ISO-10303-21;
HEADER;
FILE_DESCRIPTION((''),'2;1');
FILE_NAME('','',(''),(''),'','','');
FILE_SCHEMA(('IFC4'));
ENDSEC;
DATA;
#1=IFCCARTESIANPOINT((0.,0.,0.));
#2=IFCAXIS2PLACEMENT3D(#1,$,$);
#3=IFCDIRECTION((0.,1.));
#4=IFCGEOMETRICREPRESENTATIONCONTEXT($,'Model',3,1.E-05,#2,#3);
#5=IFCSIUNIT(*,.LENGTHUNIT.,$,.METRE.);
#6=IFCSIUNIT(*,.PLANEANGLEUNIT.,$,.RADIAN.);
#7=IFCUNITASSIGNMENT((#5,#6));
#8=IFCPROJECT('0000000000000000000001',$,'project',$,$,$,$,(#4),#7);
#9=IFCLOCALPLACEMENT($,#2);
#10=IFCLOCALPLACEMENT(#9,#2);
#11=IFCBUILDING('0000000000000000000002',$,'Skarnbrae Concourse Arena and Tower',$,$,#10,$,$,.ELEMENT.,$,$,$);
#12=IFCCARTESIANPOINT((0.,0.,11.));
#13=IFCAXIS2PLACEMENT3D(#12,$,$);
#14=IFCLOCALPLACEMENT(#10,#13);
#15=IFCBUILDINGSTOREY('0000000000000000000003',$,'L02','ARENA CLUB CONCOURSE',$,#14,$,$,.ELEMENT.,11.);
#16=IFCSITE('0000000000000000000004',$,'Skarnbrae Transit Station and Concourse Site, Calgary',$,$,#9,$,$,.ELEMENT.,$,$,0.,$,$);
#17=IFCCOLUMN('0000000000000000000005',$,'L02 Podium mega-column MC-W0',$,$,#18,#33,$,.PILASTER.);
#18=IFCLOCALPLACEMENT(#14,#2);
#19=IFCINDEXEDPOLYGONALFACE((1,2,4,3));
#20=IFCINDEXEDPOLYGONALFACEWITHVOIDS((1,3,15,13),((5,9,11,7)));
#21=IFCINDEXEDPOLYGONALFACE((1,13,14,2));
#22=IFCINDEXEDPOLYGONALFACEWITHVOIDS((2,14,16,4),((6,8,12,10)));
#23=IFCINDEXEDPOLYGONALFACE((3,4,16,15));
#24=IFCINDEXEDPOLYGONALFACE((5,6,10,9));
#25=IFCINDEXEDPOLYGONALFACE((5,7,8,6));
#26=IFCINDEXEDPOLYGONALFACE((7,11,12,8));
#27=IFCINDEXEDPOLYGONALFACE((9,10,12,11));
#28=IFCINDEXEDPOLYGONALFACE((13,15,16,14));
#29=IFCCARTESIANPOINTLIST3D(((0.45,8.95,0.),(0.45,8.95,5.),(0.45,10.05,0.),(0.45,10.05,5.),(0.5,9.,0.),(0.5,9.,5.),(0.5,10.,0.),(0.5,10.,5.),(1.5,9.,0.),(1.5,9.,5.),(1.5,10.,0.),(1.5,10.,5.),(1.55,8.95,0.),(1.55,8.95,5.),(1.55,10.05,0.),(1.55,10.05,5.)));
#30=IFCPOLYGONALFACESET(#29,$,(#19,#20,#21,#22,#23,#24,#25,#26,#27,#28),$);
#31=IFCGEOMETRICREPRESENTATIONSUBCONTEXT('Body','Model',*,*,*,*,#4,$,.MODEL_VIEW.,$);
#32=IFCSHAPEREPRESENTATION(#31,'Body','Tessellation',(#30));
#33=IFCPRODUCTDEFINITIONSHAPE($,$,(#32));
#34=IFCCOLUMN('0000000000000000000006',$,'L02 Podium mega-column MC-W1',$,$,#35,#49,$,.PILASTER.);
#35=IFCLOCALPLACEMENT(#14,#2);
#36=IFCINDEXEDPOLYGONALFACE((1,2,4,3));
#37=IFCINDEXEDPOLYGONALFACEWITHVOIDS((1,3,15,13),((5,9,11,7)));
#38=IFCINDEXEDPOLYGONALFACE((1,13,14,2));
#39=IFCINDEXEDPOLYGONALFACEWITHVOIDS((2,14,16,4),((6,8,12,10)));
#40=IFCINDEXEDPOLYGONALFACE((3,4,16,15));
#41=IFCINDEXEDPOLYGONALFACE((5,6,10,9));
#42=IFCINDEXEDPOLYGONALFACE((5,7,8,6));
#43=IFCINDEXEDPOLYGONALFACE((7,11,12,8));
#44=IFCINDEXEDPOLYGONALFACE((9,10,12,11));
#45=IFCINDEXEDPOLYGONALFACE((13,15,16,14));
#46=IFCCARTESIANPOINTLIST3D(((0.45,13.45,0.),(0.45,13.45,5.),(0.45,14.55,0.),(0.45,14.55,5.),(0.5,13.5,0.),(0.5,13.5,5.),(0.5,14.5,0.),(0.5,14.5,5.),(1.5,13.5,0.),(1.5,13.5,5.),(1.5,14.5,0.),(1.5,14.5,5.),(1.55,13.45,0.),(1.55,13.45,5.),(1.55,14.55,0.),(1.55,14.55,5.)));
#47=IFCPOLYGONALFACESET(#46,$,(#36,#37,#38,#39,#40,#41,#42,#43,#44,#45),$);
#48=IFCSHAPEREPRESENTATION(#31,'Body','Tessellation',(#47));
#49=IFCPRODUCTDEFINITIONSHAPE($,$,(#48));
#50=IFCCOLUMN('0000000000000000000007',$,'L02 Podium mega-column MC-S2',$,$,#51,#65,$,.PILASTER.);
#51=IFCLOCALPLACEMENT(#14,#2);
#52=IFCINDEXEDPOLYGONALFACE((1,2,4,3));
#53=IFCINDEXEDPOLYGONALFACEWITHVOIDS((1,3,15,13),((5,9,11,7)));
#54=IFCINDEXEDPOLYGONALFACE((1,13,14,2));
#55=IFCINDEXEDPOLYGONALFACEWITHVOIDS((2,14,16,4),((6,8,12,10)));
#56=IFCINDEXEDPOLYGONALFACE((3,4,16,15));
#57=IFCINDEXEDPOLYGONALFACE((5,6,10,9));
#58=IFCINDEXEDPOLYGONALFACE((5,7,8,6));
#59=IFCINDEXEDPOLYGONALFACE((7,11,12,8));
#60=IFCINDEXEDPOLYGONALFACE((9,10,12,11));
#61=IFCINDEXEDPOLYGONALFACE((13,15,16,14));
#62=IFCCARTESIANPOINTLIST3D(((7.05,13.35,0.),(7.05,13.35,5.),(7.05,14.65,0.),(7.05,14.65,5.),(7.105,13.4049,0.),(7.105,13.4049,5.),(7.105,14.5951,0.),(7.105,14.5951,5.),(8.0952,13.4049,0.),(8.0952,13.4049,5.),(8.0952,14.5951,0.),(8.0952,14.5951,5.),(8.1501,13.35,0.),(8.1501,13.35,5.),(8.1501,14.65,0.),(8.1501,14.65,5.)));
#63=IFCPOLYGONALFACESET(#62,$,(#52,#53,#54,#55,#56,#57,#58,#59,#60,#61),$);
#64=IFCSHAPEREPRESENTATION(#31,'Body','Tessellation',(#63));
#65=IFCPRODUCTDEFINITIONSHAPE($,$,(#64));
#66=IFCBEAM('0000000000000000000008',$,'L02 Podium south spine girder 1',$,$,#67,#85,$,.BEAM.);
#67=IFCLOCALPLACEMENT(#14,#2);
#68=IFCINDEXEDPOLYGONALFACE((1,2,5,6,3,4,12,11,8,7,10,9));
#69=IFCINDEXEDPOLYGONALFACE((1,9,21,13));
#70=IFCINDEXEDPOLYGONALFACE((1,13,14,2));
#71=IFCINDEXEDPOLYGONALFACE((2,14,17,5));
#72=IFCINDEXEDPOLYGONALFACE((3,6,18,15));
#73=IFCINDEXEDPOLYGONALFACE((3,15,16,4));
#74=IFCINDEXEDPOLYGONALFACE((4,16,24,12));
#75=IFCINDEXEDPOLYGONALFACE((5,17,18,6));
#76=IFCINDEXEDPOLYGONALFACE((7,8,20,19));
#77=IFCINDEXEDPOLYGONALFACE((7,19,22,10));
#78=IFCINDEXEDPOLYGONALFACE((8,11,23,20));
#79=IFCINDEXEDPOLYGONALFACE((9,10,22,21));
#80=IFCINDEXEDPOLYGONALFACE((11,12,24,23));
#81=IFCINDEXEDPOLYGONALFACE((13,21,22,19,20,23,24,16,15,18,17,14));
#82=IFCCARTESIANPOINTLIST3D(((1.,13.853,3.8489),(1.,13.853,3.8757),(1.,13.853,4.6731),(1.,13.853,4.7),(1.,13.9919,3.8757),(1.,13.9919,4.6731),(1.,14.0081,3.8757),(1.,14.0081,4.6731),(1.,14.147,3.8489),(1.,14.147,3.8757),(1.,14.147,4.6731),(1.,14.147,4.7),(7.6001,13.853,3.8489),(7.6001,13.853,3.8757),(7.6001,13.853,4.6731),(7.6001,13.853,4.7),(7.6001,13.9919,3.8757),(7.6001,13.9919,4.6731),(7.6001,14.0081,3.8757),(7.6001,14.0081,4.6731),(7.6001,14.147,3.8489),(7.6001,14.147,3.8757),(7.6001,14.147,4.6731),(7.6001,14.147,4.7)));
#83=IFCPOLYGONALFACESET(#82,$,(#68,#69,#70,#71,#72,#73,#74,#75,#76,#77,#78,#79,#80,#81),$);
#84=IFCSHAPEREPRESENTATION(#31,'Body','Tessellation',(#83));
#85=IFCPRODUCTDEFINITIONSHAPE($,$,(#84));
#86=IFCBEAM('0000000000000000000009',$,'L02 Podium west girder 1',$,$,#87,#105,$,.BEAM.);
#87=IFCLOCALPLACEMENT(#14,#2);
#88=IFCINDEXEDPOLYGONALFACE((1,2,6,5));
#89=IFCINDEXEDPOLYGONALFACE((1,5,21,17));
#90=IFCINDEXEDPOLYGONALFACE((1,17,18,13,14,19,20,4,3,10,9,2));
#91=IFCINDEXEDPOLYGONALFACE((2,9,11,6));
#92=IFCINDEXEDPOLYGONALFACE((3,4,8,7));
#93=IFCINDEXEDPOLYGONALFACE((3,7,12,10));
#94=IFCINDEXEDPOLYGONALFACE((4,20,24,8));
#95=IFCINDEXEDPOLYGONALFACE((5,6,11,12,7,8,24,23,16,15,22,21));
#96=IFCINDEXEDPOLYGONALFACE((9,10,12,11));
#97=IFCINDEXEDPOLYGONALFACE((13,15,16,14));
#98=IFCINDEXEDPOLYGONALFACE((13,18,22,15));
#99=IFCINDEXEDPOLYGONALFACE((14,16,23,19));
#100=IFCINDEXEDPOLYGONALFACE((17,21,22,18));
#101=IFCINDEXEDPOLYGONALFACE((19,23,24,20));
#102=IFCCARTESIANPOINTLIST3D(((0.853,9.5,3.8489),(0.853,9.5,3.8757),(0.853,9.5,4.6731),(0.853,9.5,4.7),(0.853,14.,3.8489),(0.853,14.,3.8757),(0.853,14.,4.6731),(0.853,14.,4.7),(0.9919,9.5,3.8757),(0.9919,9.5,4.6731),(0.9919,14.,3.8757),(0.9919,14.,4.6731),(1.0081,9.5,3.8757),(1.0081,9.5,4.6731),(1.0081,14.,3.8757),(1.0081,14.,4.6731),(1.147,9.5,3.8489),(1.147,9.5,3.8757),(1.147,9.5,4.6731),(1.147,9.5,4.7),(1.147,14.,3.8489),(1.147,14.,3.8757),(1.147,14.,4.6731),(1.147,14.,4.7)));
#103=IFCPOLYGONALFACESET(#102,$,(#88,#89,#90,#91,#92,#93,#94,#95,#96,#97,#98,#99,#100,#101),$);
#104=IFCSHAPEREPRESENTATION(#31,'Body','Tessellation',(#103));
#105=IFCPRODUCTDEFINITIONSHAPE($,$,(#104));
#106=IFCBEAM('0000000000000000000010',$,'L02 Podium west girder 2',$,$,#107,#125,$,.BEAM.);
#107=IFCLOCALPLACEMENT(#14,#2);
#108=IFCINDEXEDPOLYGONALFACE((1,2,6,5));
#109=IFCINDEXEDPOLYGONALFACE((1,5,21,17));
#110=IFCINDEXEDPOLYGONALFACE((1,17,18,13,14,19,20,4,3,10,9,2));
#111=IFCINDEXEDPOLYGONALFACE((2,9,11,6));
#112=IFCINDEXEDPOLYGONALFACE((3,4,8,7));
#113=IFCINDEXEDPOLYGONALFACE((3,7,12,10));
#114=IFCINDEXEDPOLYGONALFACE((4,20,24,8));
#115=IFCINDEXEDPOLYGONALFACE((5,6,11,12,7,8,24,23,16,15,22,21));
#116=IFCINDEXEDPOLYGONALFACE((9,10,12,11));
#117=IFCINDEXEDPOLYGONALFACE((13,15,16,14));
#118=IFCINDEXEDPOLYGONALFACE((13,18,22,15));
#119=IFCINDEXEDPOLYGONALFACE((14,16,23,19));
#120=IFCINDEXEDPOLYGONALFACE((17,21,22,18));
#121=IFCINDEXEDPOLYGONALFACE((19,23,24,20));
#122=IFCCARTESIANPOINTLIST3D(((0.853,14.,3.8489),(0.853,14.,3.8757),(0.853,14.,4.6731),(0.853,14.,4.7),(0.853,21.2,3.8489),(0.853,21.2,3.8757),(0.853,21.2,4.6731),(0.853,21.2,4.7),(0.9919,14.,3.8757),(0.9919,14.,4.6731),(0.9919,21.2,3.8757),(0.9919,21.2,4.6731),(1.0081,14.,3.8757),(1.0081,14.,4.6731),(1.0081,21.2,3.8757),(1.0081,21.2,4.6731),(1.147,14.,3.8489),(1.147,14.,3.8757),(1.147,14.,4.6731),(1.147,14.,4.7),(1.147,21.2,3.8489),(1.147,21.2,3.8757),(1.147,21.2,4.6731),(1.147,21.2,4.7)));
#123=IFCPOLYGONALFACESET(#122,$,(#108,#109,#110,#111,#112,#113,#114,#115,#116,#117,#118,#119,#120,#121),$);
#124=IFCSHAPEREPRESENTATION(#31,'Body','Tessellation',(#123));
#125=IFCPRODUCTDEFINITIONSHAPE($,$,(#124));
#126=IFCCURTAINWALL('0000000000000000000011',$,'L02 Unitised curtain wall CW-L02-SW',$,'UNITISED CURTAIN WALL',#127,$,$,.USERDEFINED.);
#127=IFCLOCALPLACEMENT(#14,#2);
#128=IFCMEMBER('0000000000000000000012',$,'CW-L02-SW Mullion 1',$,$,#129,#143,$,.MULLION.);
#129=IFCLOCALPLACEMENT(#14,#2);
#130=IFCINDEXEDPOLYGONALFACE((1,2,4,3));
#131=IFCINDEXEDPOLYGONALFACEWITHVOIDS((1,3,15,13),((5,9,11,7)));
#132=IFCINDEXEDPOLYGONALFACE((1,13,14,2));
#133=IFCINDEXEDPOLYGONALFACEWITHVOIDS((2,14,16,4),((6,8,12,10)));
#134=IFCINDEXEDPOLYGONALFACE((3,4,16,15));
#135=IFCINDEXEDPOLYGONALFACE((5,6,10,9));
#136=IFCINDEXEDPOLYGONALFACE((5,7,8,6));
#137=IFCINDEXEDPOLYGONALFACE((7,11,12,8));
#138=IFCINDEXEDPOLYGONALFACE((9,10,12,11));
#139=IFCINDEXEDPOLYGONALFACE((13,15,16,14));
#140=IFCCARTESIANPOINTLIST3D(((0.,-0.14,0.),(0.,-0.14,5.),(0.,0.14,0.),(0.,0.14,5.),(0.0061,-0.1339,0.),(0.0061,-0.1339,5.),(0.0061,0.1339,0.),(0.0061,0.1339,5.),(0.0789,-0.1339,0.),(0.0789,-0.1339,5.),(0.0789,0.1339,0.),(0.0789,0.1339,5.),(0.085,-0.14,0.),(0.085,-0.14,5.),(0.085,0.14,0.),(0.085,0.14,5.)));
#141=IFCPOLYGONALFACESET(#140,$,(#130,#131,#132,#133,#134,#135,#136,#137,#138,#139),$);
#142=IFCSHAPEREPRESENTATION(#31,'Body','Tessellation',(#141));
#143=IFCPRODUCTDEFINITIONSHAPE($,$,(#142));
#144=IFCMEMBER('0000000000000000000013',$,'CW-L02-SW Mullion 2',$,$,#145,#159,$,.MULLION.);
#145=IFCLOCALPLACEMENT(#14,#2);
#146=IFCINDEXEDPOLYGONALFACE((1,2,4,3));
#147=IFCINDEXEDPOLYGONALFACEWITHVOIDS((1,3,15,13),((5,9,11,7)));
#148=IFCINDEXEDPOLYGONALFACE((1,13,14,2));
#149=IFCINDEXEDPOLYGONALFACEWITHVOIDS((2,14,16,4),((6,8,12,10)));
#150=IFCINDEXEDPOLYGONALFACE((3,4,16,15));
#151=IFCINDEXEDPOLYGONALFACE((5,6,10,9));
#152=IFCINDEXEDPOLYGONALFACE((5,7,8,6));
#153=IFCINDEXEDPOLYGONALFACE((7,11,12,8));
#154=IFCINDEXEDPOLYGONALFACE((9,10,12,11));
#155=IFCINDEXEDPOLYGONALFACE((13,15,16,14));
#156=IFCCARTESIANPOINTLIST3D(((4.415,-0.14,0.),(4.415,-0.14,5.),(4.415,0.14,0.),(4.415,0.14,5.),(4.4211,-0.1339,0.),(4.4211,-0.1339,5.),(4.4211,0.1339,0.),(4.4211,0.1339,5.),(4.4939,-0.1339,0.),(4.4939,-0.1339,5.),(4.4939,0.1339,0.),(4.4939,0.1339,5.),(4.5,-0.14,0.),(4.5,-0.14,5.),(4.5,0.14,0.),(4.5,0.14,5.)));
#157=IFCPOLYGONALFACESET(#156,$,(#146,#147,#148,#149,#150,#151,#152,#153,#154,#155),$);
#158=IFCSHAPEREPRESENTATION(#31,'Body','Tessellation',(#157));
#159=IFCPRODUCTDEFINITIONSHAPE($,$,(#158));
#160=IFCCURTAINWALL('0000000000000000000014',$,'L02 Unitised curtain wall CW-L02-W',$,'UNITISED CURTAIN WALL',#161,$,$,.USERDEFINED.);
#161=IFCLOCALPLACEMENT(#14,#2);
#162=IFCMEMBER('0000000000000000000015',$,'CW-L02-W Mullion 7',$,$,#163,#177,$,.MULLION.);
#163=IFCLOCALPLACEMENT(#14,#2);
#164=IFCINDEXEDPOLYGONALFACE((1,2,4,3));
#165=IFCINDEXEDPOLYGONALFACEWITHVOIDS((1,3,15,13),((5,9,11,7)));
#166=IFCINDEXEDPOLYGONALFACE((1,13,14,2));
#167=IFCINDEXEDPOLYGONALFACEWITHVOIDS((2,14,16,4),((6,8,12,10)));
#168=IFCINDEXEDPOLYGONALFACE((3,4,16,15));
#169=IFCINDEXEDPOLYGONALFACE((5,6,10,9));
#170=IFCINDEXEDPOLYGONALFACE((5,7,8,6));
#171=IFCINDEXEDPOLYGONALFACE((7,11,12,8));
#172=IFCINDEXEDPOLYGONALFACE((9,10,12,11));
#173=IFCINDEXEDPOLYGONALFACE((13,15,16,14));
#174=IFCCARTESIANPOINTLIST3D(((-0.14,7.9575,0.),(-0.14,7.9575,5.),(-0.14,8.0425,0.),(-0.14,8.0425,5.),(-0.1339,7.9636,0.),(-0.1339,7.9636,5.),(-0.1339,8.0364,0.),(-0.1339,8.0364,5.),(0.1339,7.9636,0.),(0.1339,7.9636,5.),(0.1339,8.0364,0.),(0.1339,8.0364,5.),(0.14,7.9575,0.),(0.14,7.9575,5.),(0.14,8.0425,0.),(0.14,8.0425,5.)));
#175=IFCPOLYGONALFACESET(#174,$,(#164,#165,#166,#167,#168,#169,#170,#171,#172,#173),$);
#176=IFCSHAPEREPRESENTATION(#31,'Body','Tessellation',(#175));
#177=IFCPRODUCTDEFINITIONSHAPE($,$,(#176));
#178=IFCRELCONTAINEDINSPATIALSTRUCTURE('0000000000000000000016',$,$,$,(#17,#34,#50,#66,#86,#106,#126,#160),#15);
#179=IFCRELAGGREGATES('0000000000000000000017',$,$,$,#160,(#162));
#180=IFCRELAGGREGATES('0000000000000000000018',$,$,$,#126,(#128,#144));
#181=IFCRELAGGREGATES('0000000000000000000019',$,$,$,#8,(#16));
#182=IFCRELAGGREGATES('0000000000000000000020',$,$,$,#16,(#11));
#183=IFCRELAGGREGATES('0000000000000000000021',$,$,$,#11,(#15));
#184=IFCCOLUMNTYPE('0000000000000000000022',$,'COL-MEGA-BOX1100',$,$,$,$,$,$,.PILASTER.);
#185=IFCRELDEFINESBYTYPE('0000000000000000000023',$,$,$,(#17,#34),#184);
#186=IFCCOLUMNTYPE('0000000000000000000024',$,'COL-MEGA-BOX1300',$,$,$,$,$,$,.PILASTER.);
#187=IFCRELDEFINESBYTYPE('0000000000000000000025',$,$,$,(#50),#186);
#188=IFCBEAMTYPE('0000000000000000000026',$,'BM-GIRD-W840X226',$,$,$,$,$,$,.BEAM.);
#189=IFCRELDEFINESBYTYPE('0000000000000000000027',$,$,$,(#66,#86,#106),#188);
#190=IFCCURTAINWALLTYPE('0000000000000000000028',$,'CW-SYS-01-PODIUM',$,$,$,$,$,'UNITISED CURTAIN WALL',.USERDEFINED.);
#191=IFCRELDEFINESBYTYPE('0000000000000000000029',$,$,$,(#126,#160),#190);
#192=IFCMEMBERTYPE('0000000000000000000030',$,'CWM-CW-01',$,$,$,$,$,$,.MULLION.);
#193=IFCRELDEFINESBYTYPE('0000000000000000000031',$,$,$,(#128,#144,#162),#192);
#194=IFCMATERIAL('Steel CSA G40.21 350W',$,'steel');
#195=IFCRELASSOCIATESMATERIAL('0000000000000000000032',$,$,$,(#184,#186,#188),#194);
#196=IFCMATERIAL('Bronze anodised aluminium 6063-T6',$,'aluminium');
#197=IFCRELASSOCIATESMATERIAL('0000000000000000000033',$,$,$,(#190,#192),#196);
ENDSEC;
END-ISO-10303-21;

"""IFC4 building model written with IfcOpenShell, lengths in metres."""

from ifc_helpers import new_model, si_unit, direction, frame, origin, origin_2d, place, context, subcontext, project, spatial, hollow_rectangle, i_section, extrude, source, transform, mapped, material, material_profile, profile_set, type_object, element, aggregate, save


model = new_model("IFC4")

# Units and contexts
model_context = context("Model", 3, precision=1e-05, world=origin(), true_north=direction((0.0, 1.0)))
body_context = subcontext(model_context, "Body", "Model", "MODEL_VIEW")
ifc_project = project(units=[si_unit("LENGTHUNIT", "METRE"), si_unit("PLANEANGLEUNIT", "RADIAN")], contexts=[model_context])

# Site, building, storey
site_placement = place(None, origin())
site = spatial("IfcSite", under=ifc_project, at=site_placement, Name="Skarnbrae Transit Station and Concourse Site, Calgary", CompositionType="ELEMENT", RefElevation=0.0)
building_placement = place(site_placement, origin())
building = spatial("IfcBuilding", under=site, at=building_placement, Name="Skarnbrae Concourse Arena and Tower", CompositionType="ELEMENT")
storey_placement = place(building_placement, frame((0.0, 0.0, 11.0)))
storey = spatial("IfcBuildingStorey", under=building, at=storey_placement, Name="L02", Description="ARENA CLUB CONCOURSE", CompositionType="ELEMENT", Elevation=11.0)

# Columns
ifc_material_1 = material(Name="Steel CSA G40.21 350W", Category="steel")
ifc_material_profile_1 = material_profile(ifc_material_1, hollow_rectangle(XDim=1.1001, YDim=1.1001, WallThickness=0.05, at=origin_2d()), Name="BOX1100X1100X50")
ifc_profile_set_1 = profile_set([ifc_material_profile_1], Name="Steel CSA G40.21 350W")
column_type_1 = type_object("IfcColumnType", Name="COL-MEGA-BOX1100", PredefinedType="PILASTER", material=ifc_profile_set_1)
shared_shape_1 = source(origin(), body_context, "Body", "SweptSolid", [
    extrude(hollow_rectangle(XDim=1.1001, YDim=1.1001, WallThickness=0.05, at=origin_2d()), origin(), (0.0, 0.0, 1.0), 5.0),
])
for number, where, z_axis, x_axis, name in (
    (1, (1.0, 9.5, 0.0), (0.0, 0.0, 1.0), (1.0, 0.0, 0.0), "L02 Podium mega-column MC-W0"),
    (2, (1.0, 14.0, 0.0), (0.0, 0.0, 1.0), (1.0, 0.0, 0.0), "L02 Podium mega-column MC-W1"),
):
    element("IfcColumn", number, at=place(storey_placement, frame(where, z_axis=z_axis, x_axis=x_axis)), inside=storey, type_object=column_type_1, Name=name, PredefinedType="PILASTER", context=body_context, shape_type="MappedRepresentation", body=[
        mapped(shared_shape_1, transform((0.0, 0.0, 0.0))),
    ])
ifc_material_profile_2 = material_profile(ifc_material_1, hollow_rectangle(XDim=1.1001, YDim=1.3, WallThickness=0.0549, at=origin_2d()), Name="BOX1300X1100X55")
ifc_profile_set_2 = profile_set([ifc_material_profile_2], Name="Steel CSA G40.21 350W")
column_type_2 = type_object("IfcColumnType", Name="COL-MEGA-BOX1300", PredefinedType="PILASTER", material=ifc_profile_set_2)
shared_shape_2 = source(origin(), body_context, "Body", "SweptSolid", [
    extrude(hollow_rectangle(XDim=1.1001, YDim=1.3, WallThickness=0.0549, at=origin_2d()), origin(), (0.0, 0.0, 1.0), 5.0),
])
column_placement = place(storey_placement, frame((7.6001, 14.0, 0.0), z_axis=(0.0, 0.0, 1.0), x_axis=(1.0, 0.0, 0.0)))
element("IfcColumn", 3, at=column_placement, inside=storey, type_object=column_type_2, Name="L02 Podium mega-column MC-S2", PredefinedType="PILASTER", context=body_context, shape_type="MappedRepresentation", body=[
    mapped(shared_shape_2, transform((0.0, 0.0, 0.0))),
])

# Beams
ifc_material_profile_3 = material_profile(ifc_material_1, i_section(OverallWidth=0.2939, OverallDepth=0.8511, WebThickness=0.0161, FlangeThickness=0.0269, at=origin_2d()), Name="W840X226")
ifc_profile_set_3 = profile_set([ifc_material_profile_3], Name="Steel CSA G40.21 350W")
beam_type = type_object("IfcBeamType", Name="BM-GIRD-W840X226", PredefinedType="BEAM", material=ifc_profile_set_3)
shared_shape_3 = source(origin(), body_context, "Body", "SweptSolid", [
    extrude(i_section(OverallWidth=0.2939, OverallDepth=0.8511, WebThickness=0.0161, FlangeThickness=0.0269, at=origin_2d()), origin(), (0.0, 0.0, 1.0), 6.6001),
])
beam_1_placement = place(storey_placement, frame((1.0, 14.0, 4.2744), z_axis=(1.0, 0.0, 0.0), x_axis=(0.0, 1.0, 0.0)))
element("IfcBeam", 4, at=beam_1_placement, inside=storey, type_object=beam_type, Name="L02 Podium south spine girder 1", PredefinedType="BEAM", context=body_context, shape_type="MappedRepresentation", body=[
    mapped(shared_shape_3, transform((0.0, 0.0, 0.0))),
])
shared_shape_4 = source(origin(), body_context, "Body", "SweptSolid", [
    extrude(i_section(OverallWidth=0.2939, OverallDepth=0.8511, WebThickness=0.0161, FlangeThickness=0.0269, at=origin_2d()), origin(), (0.0, 0.0, 1.0), 4.5),
])
beam_2_placement = place(storey_placement, frame((1.0, 9.5, 4.2744), z_axis=(0.0, 1.0, 0.0), x_axis=(-1.0, 0.0, 0.0)))
element("IfcBeam", 5, at=beam_2_placement, inside=storey, type_object=beam_type, Name="L02 Podium west girder 1", PredefinedType="BEAM", context=body_context, shape_type="MappedRepresentation", body=[
    mapped(shared_shape_4, transform((0.0, 0.0, 0.0))),
])
shared_shape_5 = source(origin(), body_context, "Body", "SweptSolid", [
    extrude(i_section(OverallWidth=0.2939, OverallDepth=0.8511, WebThickness=0.0161, FlangeThickness=0.0269, at=origin_2d()), origin(), (0.0, 0.0, 1.0), 7.2),
])
beam_3_placement = place(storey_placement, frame((1.0, 14.0, 4.2744), z_axis=(0.0, 1.0, 0.0), x_axis=(-1.0, 0.0, 0.0)))
element("IfcBeam", 6, at=beam_3_placement, inside=storey, type_object=beam_type, Name="L02 Podium west girder 2", PredefinedType="BEAM", context=body_context, shape_type="MappedRepresentation", body=[
    mapped(shared_shape_5, transform((0.0, 0.0, 0.0))),
])

# Curtain walls, members
ifc_material_2 = material(Name="Bronze anodised aluminium 6063-T6", Category="aluminium")
curtain_wall_type = type_object("IfcCurtainWallType", Name="CW-SYS-01-PODIUM", ElementType="UNITISED CURTAIN WALL", PredefinedType="USERDEFINED", material=ifc_material_2)
curtain_wall_1_placement = place(storey_placement, origin())
curtain_wall_1 = element("IfcCurtainWall", 7, at=curtain_wall_1_placement, inside=storey, type_object=curtain_wall_type, Name="L02 Unitised curtain wall CW-L02-SW", ObjectType="UNITISED CURTAIN WALL", PredefinedType="USERDEFINED")
ifc_material_profile_4 = material_profile(ifc_material_2, hollow_rectangle(XDim=0.085, YDim=0.28, WallThickness=0.0061, at=origin_2d()), Name="ALU-MULL-85X280")
ifc_profile_set_4 = profile_set([ifc_material_profile_4], Name="Bronze anodised aluminium 6063-T6")
member_type_1 = type_object("IfcMemberType", Name="CWM-CW-01", PredefinedType="MULLION", material=ifc_profile_set_4)
shared_shape_6 = source(origin(), body_context, "Body", "SweptSolid", [
    extrude(hollow_rectangle(XDim=0.085, YDim=0.28, WallThickness=0.0061, at=origin_2d()), origin(), (0.0, 0.0, 1.0), 5.0),
])
member_1_placement = place(storey_placement, frame((0.0425, 0.0, 0.0), z_axis=(0.0, 0.0, 1.0), x_axis=(1.0, 0.0, 0.0)))
member_1 = element("IfcMember", 8, at=member_1_placement, type_object=member_type_1, Name="CW-L02-SW Mullion 1", PredefinedType="MULLION", context=body_context, shape_type="MappedRepresentation", body=[
    mapped(shared_shape_6, transform((0.0, 0.0, 0.0))),
])
member_2_placement = place(storey_placement, frame((4.4575, 0.0, 0.0), z_axis=(0.0, 0.0, 1.0), x_axis=(1.0, 0.0, 0.0)))
member_2 = element("IfcMember", 9, at=member_2_placement, type_object=member_type_1, Name="CW-L02-SW Mullion 2", PredefinedType="MULLION", context=body_context, shape_type="MappedRepresentation", body=[
    mapped(shared_shape_6, transform((0.0, 0.0, 0.0))),
])
curtain_wall_2_placement = place(storey_placement, origin())
curtain_wall_2 = element("IfcCurtainWall", 10, at=curtain_wall_2_placement, inside=storey, type_object=curtain_wall_type, Name="L02 Unitised curtain wall CW-L02-W", ObjectType="UNITISED CURTAIN WALL", PredefinedType="USERDEFINED")
member_3_placement = place(storey_placement, frame((0.0, 8.0, 0.0), z_axis=(0.0, 0.0, 1.0), x_axis=(0.0, -1.0, 0.0)))
member_3 = element("IfcMember", 11, at=member_3_placement, type_object=member_type_1, Name="CW-L02-W Mullion 7", PredefinedType="MULLION", context=body_context, shape_type="MappedRepresentation", body=[
    mapped(shared_shape_6, transform((0.0, 0.0, 0.0))),
])

aggregate(curtain_wall_2, [member_3])
aggregate(curtain_wall_1, [member_1, member_2])

save(model, "model.ifc")
